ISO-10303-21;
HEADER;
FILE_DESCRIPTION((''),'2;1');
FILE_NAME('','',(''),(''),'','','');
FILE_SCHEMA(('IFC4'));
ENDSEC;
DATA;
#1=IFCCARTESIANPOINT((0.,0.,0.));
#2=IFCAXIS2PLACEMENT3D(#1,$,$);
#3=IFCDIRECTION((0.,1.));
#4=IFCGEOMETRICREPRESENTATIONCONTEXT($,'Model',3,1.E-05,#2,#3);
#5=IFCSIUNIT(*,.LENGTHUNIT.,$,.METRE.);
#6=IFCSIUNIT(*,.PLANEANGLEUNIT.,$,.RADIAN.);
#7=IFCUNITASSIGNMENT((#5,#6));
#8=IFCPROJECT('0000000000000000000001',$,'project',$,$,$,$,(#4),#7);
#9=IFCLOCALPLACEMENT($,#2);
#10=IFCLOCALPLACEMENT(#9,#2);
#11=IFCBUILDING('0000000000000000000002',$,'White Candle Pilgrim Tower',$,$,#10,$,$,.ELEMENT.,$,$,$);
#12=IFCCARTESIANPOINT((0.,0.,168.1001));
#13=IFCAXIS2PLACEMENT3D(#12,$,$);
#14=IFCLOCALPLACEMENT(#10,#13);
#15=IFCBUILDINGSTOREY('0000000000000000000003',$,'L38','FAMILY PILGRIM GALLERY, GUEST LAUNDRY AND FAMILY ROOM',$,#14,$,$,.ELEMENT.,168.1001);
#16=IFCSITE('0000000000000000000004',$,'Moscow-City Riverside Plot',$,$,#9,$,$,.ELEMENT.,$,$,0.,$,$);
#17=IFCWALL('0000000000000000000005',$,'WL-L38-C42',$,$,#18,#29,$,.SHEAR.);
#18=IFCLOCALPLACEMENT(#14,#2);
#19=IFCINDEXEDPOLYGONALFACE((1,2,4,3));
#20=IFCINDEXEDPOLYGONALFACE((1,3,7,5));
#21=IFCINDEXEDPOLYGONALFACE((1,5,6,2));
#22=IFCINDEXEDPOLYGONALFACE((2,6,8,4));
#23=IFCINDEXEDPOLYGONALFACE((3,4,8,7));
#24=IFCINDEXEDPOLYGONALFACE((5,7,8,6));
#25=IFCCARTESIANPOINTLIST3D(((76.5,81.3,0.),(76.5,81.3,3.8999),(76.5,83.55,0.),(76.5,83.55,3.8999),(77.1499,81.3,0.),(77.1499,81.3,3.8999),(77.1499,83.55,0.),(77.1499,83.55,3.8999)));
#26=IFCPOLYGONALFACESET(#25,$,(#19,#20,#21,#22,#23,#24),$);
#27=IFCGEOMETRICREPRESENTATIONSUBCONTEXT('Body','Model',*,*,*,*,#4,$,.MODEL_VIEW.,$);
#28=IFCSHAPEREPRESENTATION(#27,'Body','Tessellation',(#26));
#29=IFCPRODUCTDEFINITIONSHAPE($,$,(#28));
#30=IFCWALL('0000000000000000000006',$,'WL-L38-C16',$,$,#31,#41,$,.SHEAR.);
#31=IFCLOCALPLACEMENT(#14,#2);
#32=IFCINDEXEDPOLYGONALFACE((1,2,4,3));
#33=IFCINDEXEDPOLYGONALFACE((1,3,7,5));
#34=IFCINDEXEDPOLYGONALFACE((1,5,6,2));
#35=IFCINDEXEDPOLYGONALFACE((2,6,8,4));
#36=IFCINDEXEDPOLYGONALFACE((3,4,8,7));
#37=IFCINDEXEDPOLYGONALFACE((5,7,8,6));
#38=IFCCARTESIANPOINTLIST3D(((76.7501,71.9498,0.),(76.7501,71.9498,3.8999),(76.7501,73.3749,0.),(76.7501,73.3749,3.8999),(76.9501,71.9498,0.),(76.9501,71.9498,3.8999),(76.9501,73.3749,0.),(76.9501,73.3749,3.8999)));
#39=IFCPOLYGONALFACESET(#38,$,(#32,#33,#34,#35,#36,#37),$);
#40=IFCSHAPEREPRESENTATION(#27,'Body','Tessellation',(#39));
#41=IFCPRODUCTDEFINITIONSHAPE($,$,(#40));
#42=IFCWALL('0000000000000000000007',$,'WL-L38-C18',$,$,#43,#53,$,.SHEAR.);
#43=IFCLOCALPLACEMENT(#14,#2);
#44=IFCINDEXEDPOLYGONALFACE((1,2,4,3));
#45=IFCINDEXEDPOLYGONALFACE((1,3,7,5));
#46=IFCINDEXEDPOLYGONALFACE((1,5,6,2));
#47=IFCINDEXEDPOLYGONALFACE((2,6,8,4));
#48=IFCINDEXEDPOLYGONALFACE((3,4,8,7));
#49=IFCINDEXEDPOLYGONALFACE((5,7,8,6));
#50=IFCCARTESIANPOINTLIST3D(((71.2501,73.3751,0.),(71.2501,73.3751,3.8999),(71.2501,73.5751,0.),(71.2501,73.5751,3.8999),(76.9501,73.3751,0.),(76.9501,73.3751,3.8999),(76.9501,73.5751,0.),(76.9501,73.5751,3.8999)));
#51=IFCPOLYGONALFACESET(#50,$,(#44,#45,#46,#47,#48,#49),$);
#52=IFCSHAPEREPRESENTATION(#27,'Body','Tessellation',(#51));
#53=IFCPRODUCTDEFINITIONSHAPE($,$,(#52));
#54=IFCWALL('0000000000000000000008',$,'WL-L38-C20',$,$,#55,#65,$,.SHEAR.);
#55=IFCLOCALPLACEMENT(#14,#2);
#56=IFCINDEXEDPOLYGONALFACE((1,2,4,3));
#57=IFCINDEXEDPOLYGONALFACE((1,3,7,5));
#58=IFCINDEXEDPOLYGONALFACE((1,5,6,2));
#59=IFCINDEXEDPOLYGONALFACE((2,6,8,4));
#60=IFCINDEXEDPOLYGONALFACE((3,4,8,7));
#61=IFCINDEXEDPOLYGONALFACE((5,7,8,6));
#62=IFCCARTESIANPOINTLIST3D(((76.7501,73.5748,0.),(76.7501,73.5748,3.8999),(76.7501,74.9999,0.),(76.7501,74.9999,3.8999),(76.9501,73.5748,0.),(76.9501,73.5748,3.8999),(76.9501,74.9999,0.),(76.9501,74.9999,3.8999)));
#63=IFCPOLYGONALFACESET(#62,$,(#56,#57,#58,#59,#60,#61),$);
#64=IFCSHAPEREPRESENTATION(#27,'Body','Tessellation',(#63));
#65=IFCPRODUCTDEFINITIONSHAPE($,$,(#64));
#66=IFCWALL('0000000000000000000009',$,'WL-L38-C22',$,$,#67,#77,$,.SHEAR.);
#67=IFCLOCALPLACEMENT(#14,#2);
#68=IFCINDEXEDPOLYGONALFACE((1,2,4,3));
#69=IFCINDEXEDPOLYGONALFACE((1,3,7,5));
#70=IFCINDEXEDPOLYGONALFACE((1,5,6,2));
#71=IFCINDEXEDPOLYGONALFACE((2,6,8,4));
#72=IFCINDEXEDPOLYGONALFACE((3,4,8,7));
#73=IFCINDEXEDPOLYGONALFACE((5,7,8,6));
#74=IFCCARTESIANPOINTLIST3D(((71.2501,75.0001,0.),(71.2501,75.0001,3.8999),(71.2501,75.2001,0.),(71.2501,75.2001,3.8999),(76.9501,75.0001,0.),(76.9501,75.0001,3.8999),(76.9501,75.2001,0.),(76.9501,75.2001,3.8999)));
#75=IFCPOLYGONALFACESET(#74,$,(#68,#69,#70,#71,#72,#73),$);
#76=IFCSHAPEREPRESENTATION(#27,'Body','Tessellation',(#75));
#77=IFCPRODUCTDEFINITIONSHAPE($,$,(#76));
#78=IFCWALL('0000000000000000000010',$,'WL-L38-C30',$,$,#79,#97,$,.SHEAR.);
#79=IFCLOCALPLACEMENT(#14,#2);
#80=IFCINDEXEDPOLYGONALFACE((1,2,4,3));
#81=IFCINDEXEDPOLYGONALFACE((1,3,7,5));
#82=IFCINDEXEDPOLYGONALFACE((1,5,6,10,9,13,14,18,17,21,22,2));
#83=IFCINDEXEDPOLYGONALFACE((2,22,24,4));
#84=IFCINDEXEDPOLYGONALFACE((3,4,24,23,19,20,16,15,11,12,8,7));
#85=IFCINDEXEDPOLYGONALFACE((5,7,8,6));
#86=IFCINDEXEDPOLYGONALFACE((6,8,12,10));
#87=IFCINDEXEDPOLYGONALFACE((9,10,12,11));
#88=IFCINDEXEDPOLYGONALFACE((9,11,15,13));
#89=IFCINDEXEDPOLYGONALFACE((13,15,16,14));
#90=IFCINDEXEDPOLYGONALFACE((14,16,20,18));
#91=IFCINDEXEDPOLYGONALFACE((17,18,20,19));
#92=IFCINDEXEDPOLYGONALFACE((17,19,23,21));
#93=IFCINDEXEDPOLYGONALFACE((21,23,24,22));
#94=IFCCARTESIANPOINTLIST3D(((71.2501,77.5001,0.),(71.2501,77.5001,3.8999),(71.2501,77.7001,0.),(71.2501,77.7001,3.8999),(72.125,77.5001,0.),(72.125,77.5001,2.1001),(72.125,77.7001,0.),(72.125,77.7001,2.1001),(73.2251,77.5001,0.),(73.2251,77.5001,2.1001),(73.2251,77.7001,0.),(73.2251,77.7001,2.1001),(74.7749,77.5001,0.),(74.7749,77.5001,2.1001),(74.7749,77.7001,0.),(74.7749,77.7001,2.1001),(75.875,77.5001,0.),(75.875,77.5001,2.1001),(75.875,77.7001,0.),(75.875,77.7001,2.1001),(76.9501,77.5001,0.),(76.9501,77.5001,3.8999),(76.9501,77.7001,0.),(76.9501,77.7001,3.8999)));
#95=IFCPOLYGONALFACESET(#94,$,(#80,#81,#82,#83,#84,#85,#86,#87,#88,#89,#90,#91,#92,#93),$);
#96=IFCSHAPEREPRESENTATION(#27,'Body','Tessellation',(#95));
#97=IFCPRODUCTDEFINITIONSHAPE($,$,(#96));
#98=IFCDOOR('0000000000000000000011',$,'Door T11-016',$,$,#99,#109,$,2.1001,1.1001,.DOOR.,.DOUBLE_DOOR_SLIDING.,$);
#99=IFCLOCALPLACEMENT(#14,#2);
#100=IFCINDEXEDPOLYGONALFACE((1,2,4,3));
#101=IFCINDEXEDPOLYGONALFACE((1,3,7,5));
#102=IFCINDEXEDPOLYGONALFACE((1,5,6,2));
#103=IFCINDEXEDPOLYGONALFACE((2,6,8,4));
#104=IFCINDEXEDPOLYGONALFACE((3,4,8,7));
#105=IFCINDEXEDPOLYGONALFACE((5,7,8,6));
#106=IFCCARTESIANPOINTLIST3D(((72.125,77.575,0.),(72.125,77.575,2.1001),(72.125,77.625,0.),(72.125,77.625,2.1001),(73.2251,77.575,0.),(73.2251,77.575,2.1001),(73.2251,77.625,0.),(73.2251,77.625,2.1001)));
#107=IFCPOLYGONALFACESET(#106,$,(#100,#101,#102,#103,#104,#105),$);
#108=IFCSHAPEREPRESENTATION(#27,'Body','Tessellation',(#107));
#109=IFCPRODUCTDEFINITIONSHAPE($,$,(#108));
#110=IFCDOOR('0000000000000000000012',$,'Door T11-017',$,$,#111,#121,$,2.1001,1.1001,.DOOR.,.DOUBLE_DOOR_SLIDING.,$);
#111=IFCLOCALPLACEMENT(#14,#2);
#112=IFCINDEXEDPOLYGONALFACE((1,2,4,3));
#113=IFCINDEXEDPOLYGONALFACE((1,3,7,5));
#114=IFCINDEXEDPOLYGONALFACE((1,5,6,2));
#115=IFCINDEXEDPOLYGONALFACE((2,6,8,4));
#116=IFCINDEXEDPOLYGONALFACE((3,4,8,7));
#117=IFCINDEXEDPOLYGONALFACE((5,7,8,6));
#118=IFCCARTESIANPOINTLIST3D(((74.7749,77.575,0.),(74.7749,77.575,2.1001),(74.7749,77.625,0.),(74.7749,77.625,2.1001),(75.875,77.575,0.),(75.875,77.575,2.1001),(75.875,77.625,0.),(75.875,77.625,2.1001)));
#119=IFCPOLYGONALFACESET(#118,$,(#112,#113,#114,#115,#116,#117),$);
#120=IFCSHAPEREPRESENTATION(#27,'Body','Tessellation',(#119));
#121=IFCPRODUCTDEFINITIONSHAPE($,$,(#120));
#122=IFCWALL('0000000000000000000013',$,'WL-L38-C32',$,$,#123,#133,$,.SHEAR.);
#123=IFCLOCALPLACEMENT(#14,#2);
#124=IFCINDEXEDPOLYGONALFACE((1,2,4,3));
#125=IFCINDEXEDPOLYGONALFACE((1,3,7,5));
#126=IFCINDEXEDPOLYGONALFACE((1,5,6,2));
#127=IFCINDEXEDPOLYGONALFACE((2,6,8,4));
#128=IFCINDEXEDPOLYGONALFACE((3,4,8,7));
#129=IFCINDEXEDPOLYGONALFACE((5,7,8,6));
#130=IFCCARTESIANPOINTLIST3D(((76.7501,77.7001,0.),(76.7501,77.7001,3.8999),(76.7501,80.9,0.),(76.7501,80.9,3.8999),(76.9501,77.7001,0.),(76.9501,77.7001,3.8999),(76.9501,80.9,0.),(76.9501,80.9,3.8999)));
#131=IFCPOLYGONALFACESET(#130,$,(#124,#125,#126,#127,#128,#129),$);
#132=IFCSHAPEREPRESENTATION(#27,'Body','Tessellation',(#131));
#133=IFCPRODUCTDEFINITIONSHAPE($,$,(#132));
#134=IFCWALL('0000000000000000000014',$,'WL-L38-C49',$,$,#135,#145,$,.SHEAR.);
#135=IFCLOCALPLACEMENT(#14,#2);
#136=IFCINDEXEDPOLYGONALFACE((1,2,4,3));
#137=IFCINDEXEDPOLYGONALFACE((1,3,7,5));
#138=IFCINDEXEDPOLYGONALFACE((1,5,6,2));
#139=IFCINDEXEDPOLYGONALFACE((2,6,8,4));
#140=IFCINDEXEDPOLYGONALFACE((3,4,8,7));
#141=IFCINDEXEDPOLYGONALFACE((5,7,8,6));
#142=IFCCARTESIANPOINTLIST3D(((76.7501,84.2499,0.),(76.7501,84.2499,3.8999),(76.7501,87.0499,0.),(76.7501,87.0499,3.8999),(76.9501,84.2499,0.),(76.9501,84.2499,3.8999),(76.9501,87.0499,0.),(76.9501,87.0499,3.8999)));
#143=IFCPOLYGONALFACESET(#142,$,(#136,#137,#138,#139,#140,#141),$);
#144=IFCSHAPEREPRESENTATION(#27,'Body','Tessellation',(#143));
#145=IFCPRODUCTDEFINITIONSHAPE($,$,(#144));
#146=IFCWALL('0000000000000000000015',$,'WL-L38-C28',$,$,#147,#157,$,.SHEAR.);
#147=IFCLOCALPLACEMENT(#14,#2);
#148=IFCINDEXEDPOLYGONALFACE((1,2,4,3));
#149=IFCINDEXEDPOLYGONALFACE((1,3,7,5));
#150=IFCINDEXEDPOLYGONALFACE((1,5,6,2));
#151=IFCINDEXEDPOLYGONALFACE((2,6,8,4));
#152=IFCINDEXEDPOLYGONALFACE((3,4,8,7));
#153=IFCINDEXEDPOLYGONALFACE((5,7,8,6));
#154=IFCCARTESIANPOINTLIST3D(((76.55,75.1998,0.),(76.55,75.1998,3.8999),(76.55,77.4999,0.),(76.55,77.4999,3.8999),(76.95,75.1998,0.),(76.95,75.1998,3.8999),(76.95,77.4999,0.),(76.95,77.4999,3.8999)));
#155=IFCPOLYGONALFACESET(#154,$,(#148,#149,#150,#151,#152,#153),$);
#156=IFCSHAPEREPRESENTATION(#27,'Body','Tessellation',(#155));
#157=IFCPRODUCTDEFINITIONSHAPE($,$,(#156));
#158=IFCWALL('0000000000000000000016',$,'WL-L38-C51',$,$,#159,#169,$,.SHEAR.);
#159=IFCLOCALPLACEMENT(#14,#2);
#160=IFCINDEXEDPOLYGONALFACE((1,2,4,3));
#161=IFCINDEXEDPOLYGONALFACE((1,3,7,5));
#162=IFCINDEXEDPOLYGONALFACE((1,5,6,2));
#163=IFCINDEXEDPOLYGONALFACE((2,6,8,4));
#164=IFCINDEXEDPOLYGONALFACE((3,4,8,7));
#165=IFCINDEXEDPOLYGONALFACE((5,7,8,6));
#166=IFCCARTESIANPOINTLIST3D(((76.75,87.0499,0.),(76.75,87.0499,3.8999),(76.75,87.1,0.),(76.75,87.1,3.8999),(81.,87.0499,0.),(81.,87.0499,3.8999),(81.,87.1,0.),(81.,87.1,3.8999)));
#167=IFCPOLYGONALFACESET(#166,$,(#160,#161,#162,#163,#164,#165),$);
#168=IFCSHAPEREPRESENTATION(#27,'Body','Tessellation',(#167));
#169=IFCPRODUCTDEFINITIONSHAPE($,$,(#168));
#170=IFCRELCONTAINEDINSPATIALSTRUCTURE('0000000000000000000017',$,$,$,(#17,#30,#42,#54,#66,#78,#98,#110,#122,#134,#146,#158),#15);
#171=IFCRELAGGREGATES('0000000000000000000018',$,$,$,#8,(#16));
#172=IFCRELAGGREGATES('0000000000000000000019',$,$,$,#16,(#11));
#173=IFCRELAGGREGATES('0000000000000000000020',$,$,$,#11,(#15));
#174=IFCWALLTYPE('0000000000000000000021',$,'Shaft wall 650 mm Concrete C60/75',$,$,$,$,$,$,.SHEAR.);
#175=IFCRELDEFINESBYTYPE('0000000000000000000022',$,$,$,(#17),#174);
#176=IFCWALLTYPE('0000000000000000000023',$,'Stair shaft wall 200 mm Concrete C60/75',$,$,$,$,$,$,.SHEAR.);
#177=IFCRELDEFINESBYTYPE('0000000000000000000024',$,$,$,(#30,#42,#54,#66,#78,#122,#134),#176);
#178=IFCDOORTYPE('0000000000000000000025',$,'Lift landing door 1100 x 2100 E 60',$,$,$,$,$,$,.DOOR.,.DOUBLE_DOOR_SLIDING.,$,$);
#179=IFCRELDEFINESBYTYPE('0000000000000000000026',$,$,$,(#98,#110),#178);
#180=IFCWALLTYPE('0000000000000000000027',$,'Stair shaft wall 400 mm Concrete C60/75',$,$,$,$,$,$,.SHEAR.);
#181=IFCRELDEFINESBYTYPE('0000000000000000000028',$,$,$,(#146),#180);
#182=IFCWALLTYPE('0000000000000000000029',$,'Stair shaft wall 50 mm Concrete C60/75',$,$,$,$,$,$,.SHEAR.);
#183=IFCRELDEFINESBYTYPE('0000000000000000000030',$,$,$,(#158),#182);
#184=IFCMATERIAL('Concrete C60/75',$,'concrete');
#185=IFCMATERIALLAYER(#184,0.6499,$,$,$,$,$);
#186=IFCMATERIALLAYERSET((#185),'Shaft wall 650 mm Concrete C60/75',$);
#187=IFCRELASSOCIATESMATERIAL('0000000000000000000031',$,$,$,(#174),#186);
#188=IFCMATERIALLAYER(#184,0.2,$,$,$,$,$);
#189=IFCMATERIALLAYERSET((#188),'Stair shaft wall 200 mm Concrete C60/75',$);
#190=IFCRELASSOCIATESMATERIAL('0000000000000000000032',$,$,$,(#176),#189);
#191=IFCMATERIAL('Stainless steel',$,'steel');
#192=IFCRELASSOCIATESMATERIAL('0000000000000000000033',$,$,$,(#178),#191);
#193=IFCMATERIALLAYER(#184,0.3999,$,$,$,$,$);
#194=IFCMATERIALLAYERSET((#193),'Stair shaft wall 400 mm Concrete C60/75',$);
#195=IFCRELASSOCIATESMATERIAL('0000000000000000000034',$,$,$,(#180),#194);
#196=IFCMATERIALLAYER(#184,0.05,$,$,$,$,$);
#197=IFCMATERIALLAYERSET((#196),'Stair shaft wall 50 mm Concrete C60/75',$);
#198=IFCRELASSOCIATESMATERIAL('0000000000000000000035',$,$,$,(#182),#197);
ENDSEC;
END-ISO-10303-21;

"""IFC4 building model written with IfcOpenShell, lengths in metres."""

from ifc_helpers import new_model, si_unit, direction, frame, frame_2d, origin, place, context, subcontext, project, spatial, rectangle, extrude, material, layer, layer_set, type_object, element, fill, save


model = new_model("IFC4")

# Units and contexts
model_context = context("Model", 3, precision=1e-05, world=origin(), true_north=direction((0.0, 1.0)))
body_context = subcontext(model_context, "Body", "Model", "MODEL_VIEW")
ifc_project = project(units=[si_unit("LENGTHUNIT", "METRE"), si_unit("PLANEANGLEUNIT", "RADIAN")], contexts=[model_context])

# Site, building, storey
site_placement = place(None, origin())
site = spatial("IfcSite", under=ifc_project, at=site_placement, Name="Moscow-City Riverside Plot", CompositionType="ELEMENT", RefElevation=0.0)
building_placement = place(site_placement, origin())
building = spatial("IfcBuilding", under=site, at=building_placement, Name="White Candle Pilgrim Tower", CompositionType="ELEMENT")
storey_placement = place(building_placement, frame((0.0, 0.0, 168.1001)))
storey = spatial("IfcBuildingStorey", under=building, at=storey_placement, Name="L38", Description="FAMILY PILGRIM GALLERY, GUEST LAUNDRY AND FAMILY ROOM", CompositionType="ELEMENT", Elevation=168.1001)

# Shared definitions
ifc_material_1 = material(Name="Concrete C60/75", Category="concrete")

# Walls
ifc_layer_1 = layer(ifc_material_1, 0.6499)
ifc_layer_set_1 = layer_set([ifc_layer_1], Name="Shaft wall 650 mm Concrete C60/75")
wall_type_1 = type_object("IfcWallType", Name="Shaft wall 650 mm Concrete C60/75", PredefinedType="SHEAR", material=ifc_layer_set_1)
wall_1_placement = place(storey_placement, frame((76.825, 81.3, 0.0), z_axis=(0.0, 0.0, 1.0), x_axis=(0.0, 1.0, 0.0)))
element("IfcWall", 1, at=wall_1_placement, inside=storey, type_object=wall_type_1, Name="WL-L38-C42", PredefinedType="SHEAR", context=body_context, shape_type="SweptSolid", body=[
    extrude(rectangle(XDim=2.25, YDim=0.6499, at=frame_2d((1.125, 0.0))), origin(), (0.0, 0.0, 1.0), 3.8999),
])
ifc_layer_2 = layer(ifc_material_1, 0.2)
ifc_layer_set_2 = layer_set([ifc_layer_2], Name="Stair shaft wall 200 mm Concrete C60/75")
wall_type_2 = type_object("IfcWallType", Name="Stair shaft wall 200 mm Concrete C60/75", PredefinedType="SHEAR", material=ifc_layer_set_2)
wall_2_placement = place(storey_placement, frame((76.8501, 71.95, 0.0), z_axis=(0.0, 0.0, 1.0), x_axis=(0.0, 1.0, 0.0)))
element("IfcWall", 2, at=wall_2_placement, inside=storey, type_object=wall_type_2, Name="WL-L38-C16", PredefinedType="SHEAR", context=body_context, shape_type="SweptSolid", body=[
    extrude(rectangle(XDim=1.425, YDim=0.2, at=frame_2d((0.7124, 0.0))), origin(), (0.0, 0.0, 1.0), 3.8999),
])
wall_3_placement = place(storey_placement, frame((71.25, 73.4751, 0.0), z_axis=(0.0, 0.0, 1.0), x_axis=(1.0, 0.0, 0.0)))
element("IfcWall", 3, at=wall_3_placement, inside=storey, type_object=wall_type_2, Name="WL-L38-C18", PredefinedType="SHEAR", context=body_context, shape_type="SweptSolid", body=[
    extrude(rectangle(XDim=5.7, YDim=0.2, at=frame_2d((2.8501, 0.0))), origin(), (0.0, 0.0, 1.0), 3.8999),
])
wall_4_placement = place(storey_placement, frame((76.8501, 73.575, 0.0), z_axis=(0.0, 0.0, 1.0), x_axis=(0.0, 1.0, 0.0)))
element("IfcWall", 4, at=wall_4_placement, inside=storey, type_object=wall_type_2, Name="WL-L38-C20", PredefinedType="SHEAR", context=body_context, shape_type="SweptSolid", body=[
    extrude(rectangle(XDim=1.425, YDim=0.2, at=frame_2d((0.7124, 0.0))), origin(), (0.0, 0.0, 1.0), 3.8999),
])
wall_5_placement = place(storey_placement, frame((71.25, 75.1001, 0.0), z_axis=(0.0, 0.0, 1.0), x_axis=(1.0, 0.0, 0.0)))
element("IfcWall", 5, at=wall_5_placement, inside=storey, type_object=wall_type_2, Name="WL-L38-C22", PredefinedType="SHEAR", context=body_context, shape_type="SweptSolid", body=[
    extrude(rectangle(XDim=5.7, YDim=0.2, at=frame_2d((2.8501, 0.0))), origin(), (0.0, 0.0, 1.0), 3.8999),
])

# Wall, openings, doors
wall_6_placement = place(storey_placement, frame((71.25, 77.6001, 0.0), z_axis=(0.0, 0.0, 1.0), x_axis=(1.0, 0.0, 0.0)))
wall_6 = element("IfcWall", 6, at=wall_6_placement, inside=storey, type_object=wall_type_2, Name="WL-L38-C30", PredefinedType="SHEAR", context=body_context, shape_type="SweptSolid", body=[
    extrude(rectangle(XDim=5.7, YDim=0.2, at=frame_2d((2.8501, 0.0))), origin(), (0.0, 0.0, 1.0), 3.8999),
])
opening_1_placement = place(wall_6_placement, frame((0.875, 0.0, 0.0)))
opening_1 = element("IfcOpeningElement", 7, at=opening_1_placement, cuts=wall_6, PredefinedType="OPENING", context=body_context, shape_type="SweptSolid", body=[
    extrude(rectangle(XDim=1.1001, YDim=2.1001, at=frame_2d((0.55, 1.05))), frame((0.0, 0.1099, 0.0), z_axis=(0.0, -1.0, 0.0), x_axis=(1.0, 0.0, 0.0)), (0.0, 0.0, 1.0), 0.22),
])
opening_2_placement = place(wall_6_placement, frame((3.5249, 0.0, 0.0)))
opening_2 = element("IfcOpeningElement", 8, at=opening_2_placement, cuts=wall_6, PredefinedType="OPENING", context=body_context, shape_type="SweptSolid", body=[
    extrude(rectangle(XDim=1.1001, YDim=2.1001, at=frame_2d((0.55, 1.05))), frame((0.0, 0.1099, 0.0), z_axis=(0.0, -1.0, 0.0), x_axis=(1.0, 0.0, 0.0)), (0.0, 0.0, 1.0), 0.22),
])
ifc_material_2 = material(Name="Stainless steel", Category="steel")
door_type_1 = type_object("IfcDoorType", Name="Lift landing door 1100 x 2100 E 60", OperationType="DOUBLE_DOOR_SLIDING", PredefinedType="DOOR", material=ifc_material_2)
door_1_placement = place(opening_1_placement, origin())
door_1 = element("IfcDoor", 9, at=door_1_placement, inside=storey, type_object=door_type_1, Name="Door T11-016", OperationType="DOUBLE_DOOR_SLIDING", OverallHeight=2.1001, OverallWidth=1.1001, PredefinedType="DOOR", context=body_context, shape_type="SweptSolid", body=[
    extrude(rectangle(XDim=1.1001, YDim=2.1001, at=frame_2d((0.55, 1.05))), frame((0.0, 0.0249, 0.0), z_axis=(0.0, -1.0, 0.0), x_axis=(1.0, 0.0, 0.0)), (0.0, 0.0, 1.0), 0.05),
])
fill(opening_1, door_1)
door_2_placement = place(opening_2_placement, origin())
door_2 = element("IfcDoor", 10, at=door_2_placement, inside=storey, type_object=door_type_1, Name="Door T11-017", OperationType="DOUBLE_DOOR_SLIDING", OverallHeight=2.1001, OverallWidth=1.1001, PredefinedType="DOOR", context=body_context, shape_type="SweptSolid", body=[
    extrude(rectangle(XDim=1.1001, YDim=2.1001, at=frame_2d((0.55, 1.05))), frame((0.0, 0.0249, 0.0), z_axis=(0.0, -1.0, 0.0), x_axis=(1.0, 0.0, 0.0)), (0.0, 0.0, 1.0), 0.05),
])
fill(opening_2, door_2)

# Walls
wall_7_placement = place(storey_placement, frame((76.8501, 77.7, 0.0), z_axis=(0.0, 0.0, 1.0), x_axis=(0.0, 1.0, 0.0)))
element("IfcWall", 11, at=wall_7_placement, inside=storey, type_object=wall_type_2, Name="WL-L38-C32", PredefinedType="SHEAR", context=body_context, shape_type="SweptSolid", body=[
    extrude(rectangle(XDim=3.2, YDim=0.2, at=frame_2d((1.6001, 0.0))), origin(), (0.0, 0.0, 1.0), 3.8999),
])
wall_8_placement = place(storey_placement, frame((76.8501, 84.25, 0.0), z_axis=(0.0, 0.0, 1.0), x_axis=(0.0, 1.0, 0.0)))
element("IfcWall", 12, at=wall_8_placement, inside=storey, type_object=wall_type_2, Name="WL-L38-C49", PredefinedType="SHEAR", context=body_context, shape_type="SweptSolid", body=[
    extrude(rectangle(XDim=2.8, YDim=0.2, at=frame_2d((1.3999, 0.0))), origin(), (0.0, 0.0, 1.0), 3.8999),
])
ifc_layer_3 = layer(ifc_material_1, 0.3999)
ifc_layer_set_3 = layer_set([ifc_layer_3], Name="Stair shaft wall 400 mm Concrete C60/75")
wall_type_3 = type_object("IfcWallType", Name="Stair shaft wall 400 mm Concrete C60/75", PredefinedType="SHEAR", material=ifc_layer_set_3)
wall_9_placement = place(storey_placement, frame((76.75, 75.2, 0.0), z_axis=(0.0, 0.0, 1.0), x_axis=(0.0, 1.0, 0.0)))
element("IfcWall", 13, at=wall_9_placement, inside=storey, type_object=wall_type_3, Name="WL-L38-C28", PredefinedType="SHEAR", context=body_context, shape_type="SweptSolid", body=[
    extrude(rectangle(XDim=2.3, YDim=0.3999, at=frame_2d((1.1499, 0.0))), origin(), (0.0, 0.0, 1.0), 3.8999),
])
ifc_layer_4 = layer(ifc_material_1, 0.05)
ifc_layer_set_4 = layer_set([ifc_layer_4], Name="Stair shaft wall 50 mm Concrete C60/75")
wall_type_4 = type_object("IfcWallType", Name="Stair shaft wall 50 mm Concrete C60/75", PredefinedType="SHEAR", material=ifc_layer_set_4)
wall_10_placement = place(storey_placement, frame((76.75, 87.075, 0.0), z_axis=(0.0, 0.0, 1.0), x_axis=(1.0, 0.0, 0.0)))
element("IfcWall", 14, at=wall_10_placement, inside=storey, type_object=wall_type_4, Name="WL-L38-C51", PredefinedType="SHEAR", context=body_context, shape_type="SweptSolid", body=[
    extrude(rectangle(XDim=4.25, YDim=0.05, at=frame_2d((2.125, 0.0))), origin(), (0.0, 0.0, 1.0), 3.8999),
])

save(model, "model.ifc")
